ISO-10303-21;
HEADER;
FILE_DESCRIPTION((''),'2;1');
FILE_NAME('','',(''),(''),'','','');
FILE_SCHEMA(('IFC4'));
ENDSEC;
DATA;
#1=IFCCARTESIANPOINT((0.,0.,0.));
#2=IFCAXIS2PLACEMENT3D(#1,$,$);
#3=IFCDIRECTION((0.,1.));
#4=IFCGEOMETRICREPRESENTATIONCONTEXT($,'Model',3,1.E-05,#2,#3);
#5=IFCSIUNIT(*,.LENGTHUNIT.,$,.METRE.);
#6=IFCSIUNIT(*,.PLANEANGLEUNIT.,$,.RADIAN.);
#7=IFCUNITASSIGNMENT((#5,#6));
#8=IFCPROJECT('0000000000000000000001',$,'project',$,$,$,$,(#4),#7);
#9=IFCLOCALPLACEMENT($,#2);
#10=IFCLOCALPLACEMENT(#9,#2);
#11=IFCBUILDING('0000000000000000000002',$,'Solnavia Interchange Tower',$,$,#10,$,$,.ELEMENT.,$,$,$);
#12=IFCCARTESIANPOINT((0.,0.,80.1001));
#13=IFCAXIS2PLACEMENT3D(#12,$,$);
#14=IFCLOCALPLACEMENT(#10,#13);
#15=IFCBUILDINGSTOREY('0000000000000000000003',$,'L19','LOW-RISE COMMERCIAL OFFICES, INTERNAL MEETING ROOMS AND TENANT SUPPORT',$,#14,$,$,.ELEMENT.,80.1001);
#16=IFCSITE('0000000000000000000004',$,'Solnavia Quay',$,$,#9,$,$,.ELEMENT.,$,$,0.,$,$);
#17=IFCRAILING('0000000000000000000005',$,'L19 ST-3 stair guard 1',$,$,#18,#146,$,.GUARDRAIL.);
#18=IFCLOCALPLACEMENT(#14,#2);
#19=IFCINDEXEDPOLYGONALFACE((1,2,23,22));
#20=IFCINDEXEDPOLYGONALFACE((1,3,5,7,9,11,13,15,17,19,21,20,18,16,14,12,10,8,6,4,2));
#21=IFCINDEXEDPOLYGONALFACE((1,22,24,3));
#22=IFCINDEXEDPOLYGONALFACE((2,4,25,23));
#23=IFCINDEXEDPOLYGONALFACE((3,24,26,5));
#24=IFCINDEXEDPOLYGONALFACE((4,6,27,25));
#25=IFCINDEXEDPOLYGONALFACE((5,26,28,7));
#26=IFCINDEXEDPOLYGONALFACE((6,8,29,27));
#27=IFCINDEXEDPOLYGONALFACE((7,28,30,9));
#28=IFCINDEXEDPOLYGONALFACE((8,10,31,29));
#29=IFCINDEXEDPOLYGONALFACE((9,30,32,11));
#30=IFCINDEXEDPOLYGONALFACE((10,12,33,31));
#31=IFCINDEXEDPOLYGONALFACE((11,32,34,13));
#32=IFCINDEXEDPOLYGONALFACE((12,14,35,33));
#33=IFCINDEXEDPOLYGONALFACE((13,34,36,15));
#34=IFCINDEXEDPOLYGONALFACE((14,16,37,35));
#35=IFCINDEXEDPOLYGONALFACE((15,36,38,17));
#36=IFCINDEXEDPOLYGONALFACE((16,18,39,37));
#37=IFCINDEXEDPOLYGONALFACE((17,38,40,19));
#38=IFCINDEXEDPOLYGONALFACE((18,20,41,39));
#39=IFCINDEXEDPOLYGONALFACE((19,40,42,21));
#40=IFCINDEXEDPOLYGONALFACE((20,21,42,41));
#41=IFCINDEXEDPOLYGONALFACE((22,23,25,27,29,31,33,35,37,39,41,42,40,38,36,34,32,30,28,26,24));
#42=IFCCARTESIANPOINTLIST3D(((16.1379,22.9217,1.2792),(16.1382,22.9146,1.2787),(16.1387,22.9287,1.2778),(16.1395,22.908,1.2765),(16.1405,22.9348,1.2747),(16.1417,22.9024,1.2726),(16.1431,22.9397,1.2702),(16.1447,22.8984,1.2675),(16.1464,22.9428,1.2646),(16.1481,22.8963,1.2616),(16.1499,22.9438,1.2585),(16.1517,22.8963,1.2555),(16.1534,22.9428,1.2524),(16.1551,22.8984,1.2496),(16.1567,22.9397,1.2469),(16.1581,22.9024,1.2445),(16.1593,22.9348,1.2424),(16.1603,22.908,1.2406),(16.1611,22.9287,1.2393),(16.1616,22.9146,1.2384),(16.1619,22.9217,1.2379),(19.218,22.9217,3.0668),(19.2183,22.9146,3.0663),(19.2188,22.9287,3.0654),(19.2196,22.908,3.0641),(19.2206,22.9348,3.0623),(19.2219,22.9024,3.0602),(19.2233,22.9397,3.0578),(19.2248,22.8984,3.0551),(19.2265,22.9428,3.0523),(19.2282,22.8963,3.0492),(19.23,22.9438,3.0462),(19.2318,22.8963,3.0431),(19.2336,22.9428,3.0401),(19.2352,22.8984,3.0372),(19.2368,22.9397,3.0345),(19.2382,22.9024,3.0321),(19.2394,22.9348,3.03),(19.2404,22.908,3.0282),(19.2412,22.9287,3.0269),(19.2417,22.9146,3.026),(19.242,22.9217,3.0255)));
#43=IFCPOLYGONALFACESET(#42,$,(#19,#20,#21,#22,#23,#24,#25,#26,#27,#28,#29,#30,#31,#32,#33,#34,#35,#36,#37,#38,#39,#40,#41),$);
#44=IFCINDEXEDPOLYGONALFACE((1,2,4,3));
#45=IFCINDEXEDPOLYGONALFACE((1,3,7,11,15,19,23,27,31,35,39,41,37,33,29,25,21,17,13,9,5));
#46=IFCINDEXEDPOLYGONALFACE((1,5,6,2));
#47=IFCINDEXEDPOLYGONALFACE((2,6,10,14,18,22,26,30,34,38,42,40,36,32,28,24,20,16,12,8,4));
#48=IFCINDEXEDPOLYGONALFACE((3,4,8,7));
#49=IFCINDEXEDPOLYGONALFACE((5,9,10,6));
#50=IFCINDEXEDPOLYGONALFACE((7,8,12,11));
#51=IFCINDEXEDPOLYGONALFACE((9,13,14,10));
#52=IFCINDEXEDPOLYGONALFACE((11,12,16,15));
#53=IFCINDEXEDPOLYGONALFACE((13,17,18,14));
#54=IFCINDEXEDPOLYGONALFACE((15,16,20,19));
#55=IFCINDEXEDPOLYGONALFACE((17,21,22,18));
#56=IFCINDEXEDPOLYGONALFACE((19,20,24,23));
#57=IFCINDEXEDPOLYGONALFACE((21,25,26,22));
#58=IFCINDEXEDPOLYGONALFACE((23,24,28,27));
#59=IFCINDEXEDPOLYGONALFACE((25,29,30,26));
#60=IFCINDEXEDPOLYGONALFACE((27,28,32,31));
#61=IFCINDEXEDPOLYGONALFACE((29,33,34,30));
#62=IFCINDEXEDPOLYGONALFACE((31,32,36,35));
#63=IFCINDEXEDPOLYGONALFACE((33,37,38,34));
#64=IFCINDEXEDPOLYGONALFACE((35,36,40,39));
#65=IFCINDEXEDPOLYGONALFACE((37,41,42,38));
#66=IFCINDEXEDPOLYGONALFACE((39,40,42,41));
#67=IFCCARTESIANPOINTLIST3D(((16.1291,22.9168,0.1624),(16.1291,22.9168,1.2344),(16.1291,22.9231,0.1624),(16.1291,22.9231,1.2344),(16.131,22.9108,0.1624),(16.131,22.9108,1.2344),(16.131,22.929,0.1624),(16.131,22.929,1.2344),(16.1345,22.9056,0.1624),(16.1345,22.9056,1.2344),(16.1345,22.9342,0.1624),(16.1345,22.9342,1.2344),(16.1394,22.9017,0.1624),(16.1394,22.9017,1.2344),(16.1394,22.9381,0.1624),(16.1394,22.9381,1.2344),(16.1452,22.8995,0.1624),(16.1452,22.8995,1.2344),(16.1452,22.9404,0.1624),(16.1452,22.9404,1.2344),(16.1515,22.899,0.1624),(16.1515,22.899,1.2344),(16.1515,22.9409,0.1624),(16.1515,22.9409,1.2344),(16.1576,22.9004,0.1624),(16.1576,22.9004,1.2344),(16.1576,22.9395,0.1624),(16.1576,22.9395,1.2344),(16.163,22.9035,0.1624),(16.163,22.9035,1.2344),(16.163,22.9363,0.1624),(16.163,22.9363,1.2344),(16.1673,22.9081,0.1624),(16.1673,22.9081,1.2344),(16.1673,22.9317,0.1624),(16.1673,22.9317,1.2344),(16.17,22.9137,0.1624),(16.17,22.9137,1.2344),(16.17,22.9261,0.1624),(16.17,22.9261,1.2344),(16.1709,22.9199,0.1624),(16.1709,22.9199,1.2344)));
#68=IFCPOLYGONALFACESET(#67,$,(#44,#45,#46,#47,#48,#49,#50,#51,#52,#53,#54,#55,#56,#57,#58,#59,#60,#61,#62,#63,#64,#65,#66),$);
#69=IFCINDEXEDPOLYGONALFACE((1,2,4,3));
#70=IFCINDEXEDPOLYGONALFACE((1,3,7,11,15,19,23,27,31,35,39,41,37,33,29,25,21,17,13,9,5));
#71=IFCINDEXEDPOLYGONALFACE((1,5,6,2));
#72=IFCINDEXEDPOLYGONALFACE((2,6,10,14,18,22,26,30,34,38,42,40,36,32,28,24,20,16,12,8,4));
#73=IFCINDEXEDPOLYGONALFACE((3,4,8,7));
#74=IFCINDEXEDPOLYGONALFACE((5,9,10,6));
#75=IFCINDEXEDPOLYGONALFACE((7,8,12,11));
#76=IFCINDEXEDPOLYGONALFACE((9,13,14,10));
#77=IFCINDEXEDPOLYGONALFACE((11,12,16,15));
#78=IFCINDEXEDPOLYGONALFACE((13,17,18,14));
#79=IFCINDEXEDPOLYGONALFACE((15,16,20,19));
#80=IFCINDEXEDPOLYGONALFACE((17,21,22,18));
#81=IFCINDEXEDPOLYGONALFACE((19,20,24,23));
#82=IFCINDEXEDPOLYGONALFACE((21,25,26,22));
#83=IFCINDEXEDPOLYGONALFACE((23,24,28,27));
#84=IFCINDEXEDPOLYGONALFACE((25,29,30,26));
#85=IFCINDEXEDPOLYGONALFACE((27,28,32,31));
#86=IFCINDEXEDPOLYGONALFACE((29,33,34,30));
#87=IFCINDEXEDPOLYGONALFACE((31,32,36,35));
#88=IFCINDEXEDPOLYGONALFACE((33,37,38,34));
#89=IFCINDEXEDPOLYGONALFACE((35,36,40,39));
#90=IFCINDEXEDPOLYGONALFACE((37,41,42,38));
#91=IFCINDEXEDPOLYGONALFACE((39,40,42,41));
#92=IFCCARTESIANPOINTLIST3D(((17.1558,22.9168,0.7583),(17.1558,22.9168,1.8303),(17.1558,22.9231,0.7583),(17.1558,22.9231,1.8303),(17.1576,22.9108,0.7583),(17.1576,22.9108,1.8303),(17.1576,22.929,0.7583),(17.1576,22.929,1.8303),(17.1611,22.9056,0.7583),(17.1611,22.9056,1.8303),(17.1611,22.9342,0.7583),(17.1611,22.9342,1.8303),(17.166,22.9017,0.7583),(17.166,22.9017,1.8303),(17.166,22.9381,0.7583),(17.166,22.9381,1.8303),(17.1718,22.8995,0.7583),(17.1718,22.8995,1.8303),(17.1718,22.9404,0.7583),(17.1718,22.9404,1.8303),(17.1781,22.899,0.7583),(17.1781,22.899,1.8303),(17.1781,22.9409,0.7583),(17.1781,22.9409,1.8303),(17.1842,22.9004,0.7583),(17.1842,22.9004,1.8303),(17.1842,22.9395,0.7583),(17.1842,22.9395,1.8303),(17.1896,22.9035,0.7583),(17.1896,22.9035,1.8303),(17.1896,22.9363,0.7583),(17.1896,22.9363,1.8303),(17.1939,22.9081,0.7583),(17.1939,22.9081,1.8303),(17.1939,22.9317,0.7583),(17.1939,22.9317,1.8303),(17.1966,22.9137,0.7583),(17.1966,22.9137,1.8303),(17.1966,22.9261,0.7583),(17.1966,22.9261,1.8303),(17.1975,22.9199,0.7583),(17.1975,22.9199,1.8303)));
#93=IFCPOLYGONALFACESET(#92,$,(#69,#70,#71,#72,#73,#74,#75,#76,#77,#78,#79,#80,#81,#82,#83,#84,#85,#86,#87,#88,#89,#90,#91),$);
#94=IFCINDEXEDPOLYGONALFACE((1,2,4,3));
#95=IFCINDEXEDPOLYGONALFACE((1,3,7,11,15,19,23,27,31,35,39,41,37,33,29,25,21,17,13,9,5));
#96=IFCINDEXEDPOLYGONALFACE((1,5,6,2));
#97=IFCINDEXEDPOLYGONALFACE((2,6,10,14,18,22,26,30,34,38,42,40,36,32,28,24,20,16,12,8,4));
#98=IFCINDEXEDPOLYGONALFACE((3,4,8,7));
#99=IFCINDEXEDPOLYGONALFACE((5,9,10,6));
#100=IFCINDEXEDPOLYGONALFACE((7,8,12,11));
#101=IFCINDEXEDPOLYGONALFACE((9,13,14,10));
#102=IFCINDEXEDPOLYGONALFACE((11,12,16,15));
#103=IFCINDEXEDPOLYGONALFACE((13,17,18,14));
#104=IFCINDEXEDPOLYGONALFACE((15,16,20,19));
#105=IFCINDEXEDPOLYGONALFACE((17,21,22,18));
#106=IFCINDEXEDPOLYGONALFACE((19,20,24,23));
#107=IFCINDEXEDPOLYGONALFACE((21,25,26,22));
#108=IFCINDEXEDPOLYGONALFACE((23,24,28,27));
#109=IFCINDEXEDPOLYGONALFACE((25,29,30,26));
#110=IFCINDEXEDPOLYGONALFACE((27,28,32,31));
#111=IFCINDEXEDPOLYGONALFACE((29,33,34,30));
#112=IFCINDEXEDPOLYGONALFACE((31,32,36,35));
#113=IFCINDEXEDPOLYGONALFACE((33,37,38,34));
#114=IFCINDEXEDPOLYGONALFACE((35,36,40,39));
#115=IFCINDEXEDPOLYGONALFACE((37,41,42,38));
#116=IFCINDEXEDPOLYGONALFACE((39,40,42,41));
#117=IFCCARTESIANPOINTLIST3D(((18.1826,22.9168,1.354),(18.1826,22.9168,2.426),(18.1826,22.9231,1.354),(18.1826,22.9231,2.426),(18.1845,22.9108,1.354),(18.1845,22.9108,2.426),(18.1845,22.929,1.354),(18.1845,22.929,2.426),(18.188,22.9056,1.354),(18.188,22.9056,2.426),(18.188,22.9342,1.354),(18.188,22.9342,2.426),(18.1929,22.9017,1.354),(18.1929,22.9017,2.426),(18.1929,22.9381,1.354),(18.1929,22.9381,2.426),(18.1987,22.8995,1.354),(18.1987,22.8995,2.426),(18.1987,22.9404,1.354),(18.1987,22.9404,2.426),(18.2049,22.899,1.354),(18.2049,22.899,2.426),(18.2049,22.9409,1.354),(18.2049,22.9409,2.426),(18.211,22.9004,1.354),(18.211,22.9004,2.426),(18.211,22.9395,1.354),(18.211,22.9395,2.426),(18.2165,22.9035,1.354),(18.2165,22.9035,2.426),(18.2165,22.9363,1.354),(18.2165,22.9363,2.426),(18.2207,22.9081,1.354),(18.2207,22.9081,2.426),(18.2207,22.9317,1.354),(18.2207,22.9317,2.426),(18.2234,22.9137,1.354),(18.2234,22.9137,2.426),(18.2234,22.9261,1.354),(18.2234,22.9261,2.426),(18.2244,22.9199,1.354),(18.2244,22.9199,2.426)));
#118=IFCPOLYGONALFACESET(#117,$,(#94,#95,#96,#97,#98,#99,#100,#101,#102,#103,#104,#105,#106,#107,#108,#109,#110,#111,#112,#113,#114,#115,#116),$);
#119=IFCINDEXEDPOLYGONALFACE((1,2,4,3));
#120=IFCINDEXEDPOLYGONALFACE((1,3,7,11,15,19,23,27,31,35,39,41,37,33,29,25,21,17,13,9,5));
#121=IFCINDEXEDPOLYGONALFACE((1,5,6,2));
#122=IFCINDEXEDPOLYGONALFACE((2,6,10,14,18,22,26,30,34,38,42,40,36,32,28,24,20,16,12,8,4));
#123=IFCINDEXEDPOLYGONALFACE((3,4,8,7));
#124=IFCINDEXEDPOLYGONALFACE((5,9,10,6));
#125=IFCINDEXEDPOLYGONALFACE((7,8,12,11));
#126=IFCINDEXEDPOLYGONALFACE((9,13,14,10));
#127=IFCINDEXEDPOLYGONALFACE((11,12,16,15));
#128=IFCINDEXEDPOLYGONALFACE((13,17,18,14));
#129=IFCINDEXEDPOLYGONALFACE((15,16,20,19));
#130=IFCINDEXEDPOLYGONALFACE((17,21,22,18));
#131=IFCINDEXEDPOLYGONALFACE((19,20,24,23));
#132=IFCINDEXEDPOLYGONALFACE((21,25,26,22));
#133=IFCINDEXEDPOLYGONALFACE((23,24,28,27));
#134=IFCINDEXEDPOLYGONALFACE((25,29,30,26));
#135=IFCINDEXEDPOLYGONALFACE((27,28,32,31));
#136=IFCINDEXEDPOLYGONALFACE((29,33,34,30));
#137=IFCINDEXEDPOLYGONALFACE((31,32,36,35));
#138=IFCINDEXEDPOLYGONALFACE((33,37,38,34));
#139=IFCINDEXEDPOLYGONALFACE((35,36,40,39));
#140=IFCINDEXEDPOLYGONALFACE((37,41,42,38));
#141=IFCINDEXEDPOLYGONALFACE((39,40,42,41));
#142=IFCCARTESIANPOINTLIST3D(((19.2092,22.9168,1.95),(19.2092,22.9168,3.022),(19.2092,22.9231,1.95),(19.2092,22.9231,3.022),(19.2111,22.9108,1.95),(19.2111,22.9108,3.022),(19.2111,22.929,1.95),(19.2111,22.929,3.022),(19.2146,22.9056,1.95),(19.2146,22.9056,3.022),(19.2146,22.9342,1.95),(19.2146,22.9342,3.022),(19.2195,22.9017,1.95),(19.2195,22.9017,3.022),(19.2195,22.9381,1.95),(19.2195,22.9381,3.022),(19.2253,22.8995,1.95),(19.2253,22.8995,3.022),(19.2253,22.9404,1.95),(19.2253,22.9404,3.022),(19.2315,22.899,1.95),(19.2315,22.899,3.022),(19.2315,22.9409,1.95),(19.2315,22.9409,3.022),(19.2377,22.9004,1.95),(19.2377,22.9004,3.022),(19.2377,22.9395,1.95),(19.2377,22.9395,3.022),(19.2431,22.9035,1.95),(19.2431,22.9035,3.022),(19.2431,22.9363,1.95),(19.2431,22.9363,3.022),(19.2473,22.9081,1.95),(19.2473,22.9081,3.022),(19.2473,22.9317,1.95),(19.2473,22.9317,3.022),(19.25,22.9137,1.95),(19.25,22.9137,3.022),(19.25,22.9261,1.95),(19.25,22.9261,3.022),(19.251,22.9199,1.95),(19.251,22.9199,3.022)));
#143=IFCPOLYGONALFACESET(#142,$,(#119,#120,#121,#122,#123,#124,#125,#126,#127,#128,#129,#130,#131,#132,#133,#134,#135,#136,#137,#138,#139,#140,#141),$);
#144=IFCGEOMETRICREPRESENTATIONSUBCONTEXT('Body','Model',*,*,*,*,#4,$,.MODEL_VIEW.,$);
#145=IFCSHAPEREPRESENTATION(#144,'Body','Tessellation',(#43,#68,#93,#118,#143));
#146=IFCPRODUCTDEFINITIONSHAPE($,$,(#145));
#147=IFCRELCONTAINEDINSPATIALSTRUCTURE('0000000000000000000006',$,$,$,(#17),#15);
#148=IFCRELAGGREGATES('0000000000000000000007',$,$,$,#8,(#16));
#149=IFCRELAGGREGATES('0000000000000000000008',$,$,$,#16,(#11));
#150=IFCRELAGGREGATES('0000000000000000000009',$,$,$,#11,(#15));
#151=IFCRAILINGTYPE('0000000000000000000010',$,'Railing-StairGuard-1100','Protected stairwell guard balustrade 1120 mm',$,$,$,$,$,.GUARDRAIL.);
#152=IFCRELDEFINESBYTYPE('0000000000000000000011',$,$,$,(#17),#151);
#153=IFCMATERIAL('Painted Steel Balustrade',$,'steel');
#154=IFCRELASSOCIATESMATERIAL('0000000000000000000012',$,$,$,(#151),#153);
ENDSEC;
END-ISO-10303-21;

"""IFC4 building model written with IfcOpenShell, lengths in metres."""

from ifc_helpers import new_model, si_unit, direction, frame, origin, origin_2d, place, context, subcontext, project, spatial, circle, extrude, material, type_object, element, save


model = new_model("IFC4")

# Units and contexts
model_context = context("Model", 3, precision=1e-05, world=origin(), true_north=direction((0.0, 1.0)))
body_context = subcontext(model_context, "Body", "Model", "MODEL_VIEW")
ifc_project = project(units=[si_unit("LENGTHUNIT", "METRE"), si_unit("PLANEANGLEUNIT", "RADIAN")], contexts=[model_context])

# Site, building, storey
site_placement = place(None, origin())
site = spatial("IfcSite", under=ifc_project, at=site_placement, Name="Solnavia Quay", CompositionType="ELEMENT", RefElevation=0.0)
building_placement = place(site_placement, origin())
building = spatial("IfcBuilding", under=site, at=building_placement, Name="Solnavia Interchange Tower", CompositionType="ELEMENT")
storey_placement = place(building_placement, frame((0.0, 0.0, 80.1001)))
storey = spatial("IfcBuildingStorey", under=building, at=storey_placement, Name="L19", Description="LOW-RISE COMMERCIAL OFFICES, INTERNAL MEETING ROOMS AND TENANT SUPPORT", CompositionType="ELEMENT", Elevation=80.1001)

# Railing
ifc_material_1 = material(Name="Painted Steel Balustrade", Category="steel")
railing_type_1 = type_object("IfcRailingType", Name="Railing-StairGuard-1100", Description="Protected stairwell guard balustrade 1120 mm", PredefinedType="GUARDRAIL", material=ifc_material_1)
railing_1_placement = place(storey_placement, frame((16.1499, 22.9199, 0.1624)))
element("IfcRailing", 1, at=railing_1_placement, inside=storey, type_object=railing_type_1, Name="L19 ST-3 stair guard 1", PredefinedType="GUARDRAIL", context=body_context, shape_type="SweptSolid", body=[
    extrude(circle(Radius=0.0239, at=origin_2d()), frame((0.0, 0.0, 1.0962), z_axis=(0.864891, 0.0, 0.50196), x_axis=(0.0, 1.0, 0.0)), (0.0, 0.0, 1.0), 3.5613),
    extrude(circle(Radius=0.021, at=origin_2d()), origin(), (0.0, 0.0, 1.0), 1.072),
    extrude(circle(Radius=0.021, at=origin_2d()), frame((1.0266, 0.0, 0.5959)), (0.0, 0.0, 1.0), 1.072),
    extrude(circle(Radius=0.021, at=origin_2d()), frame((2.0535, 0.0, 1.1917)), (0.0, 0.0, 1.0), 1.072),
    extrude(circle(Radius=0.021, at=origin_2d()), frame((3.0801, 0.0, 1.7876)), (0.0, 0.0, 1.0), 1.072),
])

save(model, "model.ifc")
